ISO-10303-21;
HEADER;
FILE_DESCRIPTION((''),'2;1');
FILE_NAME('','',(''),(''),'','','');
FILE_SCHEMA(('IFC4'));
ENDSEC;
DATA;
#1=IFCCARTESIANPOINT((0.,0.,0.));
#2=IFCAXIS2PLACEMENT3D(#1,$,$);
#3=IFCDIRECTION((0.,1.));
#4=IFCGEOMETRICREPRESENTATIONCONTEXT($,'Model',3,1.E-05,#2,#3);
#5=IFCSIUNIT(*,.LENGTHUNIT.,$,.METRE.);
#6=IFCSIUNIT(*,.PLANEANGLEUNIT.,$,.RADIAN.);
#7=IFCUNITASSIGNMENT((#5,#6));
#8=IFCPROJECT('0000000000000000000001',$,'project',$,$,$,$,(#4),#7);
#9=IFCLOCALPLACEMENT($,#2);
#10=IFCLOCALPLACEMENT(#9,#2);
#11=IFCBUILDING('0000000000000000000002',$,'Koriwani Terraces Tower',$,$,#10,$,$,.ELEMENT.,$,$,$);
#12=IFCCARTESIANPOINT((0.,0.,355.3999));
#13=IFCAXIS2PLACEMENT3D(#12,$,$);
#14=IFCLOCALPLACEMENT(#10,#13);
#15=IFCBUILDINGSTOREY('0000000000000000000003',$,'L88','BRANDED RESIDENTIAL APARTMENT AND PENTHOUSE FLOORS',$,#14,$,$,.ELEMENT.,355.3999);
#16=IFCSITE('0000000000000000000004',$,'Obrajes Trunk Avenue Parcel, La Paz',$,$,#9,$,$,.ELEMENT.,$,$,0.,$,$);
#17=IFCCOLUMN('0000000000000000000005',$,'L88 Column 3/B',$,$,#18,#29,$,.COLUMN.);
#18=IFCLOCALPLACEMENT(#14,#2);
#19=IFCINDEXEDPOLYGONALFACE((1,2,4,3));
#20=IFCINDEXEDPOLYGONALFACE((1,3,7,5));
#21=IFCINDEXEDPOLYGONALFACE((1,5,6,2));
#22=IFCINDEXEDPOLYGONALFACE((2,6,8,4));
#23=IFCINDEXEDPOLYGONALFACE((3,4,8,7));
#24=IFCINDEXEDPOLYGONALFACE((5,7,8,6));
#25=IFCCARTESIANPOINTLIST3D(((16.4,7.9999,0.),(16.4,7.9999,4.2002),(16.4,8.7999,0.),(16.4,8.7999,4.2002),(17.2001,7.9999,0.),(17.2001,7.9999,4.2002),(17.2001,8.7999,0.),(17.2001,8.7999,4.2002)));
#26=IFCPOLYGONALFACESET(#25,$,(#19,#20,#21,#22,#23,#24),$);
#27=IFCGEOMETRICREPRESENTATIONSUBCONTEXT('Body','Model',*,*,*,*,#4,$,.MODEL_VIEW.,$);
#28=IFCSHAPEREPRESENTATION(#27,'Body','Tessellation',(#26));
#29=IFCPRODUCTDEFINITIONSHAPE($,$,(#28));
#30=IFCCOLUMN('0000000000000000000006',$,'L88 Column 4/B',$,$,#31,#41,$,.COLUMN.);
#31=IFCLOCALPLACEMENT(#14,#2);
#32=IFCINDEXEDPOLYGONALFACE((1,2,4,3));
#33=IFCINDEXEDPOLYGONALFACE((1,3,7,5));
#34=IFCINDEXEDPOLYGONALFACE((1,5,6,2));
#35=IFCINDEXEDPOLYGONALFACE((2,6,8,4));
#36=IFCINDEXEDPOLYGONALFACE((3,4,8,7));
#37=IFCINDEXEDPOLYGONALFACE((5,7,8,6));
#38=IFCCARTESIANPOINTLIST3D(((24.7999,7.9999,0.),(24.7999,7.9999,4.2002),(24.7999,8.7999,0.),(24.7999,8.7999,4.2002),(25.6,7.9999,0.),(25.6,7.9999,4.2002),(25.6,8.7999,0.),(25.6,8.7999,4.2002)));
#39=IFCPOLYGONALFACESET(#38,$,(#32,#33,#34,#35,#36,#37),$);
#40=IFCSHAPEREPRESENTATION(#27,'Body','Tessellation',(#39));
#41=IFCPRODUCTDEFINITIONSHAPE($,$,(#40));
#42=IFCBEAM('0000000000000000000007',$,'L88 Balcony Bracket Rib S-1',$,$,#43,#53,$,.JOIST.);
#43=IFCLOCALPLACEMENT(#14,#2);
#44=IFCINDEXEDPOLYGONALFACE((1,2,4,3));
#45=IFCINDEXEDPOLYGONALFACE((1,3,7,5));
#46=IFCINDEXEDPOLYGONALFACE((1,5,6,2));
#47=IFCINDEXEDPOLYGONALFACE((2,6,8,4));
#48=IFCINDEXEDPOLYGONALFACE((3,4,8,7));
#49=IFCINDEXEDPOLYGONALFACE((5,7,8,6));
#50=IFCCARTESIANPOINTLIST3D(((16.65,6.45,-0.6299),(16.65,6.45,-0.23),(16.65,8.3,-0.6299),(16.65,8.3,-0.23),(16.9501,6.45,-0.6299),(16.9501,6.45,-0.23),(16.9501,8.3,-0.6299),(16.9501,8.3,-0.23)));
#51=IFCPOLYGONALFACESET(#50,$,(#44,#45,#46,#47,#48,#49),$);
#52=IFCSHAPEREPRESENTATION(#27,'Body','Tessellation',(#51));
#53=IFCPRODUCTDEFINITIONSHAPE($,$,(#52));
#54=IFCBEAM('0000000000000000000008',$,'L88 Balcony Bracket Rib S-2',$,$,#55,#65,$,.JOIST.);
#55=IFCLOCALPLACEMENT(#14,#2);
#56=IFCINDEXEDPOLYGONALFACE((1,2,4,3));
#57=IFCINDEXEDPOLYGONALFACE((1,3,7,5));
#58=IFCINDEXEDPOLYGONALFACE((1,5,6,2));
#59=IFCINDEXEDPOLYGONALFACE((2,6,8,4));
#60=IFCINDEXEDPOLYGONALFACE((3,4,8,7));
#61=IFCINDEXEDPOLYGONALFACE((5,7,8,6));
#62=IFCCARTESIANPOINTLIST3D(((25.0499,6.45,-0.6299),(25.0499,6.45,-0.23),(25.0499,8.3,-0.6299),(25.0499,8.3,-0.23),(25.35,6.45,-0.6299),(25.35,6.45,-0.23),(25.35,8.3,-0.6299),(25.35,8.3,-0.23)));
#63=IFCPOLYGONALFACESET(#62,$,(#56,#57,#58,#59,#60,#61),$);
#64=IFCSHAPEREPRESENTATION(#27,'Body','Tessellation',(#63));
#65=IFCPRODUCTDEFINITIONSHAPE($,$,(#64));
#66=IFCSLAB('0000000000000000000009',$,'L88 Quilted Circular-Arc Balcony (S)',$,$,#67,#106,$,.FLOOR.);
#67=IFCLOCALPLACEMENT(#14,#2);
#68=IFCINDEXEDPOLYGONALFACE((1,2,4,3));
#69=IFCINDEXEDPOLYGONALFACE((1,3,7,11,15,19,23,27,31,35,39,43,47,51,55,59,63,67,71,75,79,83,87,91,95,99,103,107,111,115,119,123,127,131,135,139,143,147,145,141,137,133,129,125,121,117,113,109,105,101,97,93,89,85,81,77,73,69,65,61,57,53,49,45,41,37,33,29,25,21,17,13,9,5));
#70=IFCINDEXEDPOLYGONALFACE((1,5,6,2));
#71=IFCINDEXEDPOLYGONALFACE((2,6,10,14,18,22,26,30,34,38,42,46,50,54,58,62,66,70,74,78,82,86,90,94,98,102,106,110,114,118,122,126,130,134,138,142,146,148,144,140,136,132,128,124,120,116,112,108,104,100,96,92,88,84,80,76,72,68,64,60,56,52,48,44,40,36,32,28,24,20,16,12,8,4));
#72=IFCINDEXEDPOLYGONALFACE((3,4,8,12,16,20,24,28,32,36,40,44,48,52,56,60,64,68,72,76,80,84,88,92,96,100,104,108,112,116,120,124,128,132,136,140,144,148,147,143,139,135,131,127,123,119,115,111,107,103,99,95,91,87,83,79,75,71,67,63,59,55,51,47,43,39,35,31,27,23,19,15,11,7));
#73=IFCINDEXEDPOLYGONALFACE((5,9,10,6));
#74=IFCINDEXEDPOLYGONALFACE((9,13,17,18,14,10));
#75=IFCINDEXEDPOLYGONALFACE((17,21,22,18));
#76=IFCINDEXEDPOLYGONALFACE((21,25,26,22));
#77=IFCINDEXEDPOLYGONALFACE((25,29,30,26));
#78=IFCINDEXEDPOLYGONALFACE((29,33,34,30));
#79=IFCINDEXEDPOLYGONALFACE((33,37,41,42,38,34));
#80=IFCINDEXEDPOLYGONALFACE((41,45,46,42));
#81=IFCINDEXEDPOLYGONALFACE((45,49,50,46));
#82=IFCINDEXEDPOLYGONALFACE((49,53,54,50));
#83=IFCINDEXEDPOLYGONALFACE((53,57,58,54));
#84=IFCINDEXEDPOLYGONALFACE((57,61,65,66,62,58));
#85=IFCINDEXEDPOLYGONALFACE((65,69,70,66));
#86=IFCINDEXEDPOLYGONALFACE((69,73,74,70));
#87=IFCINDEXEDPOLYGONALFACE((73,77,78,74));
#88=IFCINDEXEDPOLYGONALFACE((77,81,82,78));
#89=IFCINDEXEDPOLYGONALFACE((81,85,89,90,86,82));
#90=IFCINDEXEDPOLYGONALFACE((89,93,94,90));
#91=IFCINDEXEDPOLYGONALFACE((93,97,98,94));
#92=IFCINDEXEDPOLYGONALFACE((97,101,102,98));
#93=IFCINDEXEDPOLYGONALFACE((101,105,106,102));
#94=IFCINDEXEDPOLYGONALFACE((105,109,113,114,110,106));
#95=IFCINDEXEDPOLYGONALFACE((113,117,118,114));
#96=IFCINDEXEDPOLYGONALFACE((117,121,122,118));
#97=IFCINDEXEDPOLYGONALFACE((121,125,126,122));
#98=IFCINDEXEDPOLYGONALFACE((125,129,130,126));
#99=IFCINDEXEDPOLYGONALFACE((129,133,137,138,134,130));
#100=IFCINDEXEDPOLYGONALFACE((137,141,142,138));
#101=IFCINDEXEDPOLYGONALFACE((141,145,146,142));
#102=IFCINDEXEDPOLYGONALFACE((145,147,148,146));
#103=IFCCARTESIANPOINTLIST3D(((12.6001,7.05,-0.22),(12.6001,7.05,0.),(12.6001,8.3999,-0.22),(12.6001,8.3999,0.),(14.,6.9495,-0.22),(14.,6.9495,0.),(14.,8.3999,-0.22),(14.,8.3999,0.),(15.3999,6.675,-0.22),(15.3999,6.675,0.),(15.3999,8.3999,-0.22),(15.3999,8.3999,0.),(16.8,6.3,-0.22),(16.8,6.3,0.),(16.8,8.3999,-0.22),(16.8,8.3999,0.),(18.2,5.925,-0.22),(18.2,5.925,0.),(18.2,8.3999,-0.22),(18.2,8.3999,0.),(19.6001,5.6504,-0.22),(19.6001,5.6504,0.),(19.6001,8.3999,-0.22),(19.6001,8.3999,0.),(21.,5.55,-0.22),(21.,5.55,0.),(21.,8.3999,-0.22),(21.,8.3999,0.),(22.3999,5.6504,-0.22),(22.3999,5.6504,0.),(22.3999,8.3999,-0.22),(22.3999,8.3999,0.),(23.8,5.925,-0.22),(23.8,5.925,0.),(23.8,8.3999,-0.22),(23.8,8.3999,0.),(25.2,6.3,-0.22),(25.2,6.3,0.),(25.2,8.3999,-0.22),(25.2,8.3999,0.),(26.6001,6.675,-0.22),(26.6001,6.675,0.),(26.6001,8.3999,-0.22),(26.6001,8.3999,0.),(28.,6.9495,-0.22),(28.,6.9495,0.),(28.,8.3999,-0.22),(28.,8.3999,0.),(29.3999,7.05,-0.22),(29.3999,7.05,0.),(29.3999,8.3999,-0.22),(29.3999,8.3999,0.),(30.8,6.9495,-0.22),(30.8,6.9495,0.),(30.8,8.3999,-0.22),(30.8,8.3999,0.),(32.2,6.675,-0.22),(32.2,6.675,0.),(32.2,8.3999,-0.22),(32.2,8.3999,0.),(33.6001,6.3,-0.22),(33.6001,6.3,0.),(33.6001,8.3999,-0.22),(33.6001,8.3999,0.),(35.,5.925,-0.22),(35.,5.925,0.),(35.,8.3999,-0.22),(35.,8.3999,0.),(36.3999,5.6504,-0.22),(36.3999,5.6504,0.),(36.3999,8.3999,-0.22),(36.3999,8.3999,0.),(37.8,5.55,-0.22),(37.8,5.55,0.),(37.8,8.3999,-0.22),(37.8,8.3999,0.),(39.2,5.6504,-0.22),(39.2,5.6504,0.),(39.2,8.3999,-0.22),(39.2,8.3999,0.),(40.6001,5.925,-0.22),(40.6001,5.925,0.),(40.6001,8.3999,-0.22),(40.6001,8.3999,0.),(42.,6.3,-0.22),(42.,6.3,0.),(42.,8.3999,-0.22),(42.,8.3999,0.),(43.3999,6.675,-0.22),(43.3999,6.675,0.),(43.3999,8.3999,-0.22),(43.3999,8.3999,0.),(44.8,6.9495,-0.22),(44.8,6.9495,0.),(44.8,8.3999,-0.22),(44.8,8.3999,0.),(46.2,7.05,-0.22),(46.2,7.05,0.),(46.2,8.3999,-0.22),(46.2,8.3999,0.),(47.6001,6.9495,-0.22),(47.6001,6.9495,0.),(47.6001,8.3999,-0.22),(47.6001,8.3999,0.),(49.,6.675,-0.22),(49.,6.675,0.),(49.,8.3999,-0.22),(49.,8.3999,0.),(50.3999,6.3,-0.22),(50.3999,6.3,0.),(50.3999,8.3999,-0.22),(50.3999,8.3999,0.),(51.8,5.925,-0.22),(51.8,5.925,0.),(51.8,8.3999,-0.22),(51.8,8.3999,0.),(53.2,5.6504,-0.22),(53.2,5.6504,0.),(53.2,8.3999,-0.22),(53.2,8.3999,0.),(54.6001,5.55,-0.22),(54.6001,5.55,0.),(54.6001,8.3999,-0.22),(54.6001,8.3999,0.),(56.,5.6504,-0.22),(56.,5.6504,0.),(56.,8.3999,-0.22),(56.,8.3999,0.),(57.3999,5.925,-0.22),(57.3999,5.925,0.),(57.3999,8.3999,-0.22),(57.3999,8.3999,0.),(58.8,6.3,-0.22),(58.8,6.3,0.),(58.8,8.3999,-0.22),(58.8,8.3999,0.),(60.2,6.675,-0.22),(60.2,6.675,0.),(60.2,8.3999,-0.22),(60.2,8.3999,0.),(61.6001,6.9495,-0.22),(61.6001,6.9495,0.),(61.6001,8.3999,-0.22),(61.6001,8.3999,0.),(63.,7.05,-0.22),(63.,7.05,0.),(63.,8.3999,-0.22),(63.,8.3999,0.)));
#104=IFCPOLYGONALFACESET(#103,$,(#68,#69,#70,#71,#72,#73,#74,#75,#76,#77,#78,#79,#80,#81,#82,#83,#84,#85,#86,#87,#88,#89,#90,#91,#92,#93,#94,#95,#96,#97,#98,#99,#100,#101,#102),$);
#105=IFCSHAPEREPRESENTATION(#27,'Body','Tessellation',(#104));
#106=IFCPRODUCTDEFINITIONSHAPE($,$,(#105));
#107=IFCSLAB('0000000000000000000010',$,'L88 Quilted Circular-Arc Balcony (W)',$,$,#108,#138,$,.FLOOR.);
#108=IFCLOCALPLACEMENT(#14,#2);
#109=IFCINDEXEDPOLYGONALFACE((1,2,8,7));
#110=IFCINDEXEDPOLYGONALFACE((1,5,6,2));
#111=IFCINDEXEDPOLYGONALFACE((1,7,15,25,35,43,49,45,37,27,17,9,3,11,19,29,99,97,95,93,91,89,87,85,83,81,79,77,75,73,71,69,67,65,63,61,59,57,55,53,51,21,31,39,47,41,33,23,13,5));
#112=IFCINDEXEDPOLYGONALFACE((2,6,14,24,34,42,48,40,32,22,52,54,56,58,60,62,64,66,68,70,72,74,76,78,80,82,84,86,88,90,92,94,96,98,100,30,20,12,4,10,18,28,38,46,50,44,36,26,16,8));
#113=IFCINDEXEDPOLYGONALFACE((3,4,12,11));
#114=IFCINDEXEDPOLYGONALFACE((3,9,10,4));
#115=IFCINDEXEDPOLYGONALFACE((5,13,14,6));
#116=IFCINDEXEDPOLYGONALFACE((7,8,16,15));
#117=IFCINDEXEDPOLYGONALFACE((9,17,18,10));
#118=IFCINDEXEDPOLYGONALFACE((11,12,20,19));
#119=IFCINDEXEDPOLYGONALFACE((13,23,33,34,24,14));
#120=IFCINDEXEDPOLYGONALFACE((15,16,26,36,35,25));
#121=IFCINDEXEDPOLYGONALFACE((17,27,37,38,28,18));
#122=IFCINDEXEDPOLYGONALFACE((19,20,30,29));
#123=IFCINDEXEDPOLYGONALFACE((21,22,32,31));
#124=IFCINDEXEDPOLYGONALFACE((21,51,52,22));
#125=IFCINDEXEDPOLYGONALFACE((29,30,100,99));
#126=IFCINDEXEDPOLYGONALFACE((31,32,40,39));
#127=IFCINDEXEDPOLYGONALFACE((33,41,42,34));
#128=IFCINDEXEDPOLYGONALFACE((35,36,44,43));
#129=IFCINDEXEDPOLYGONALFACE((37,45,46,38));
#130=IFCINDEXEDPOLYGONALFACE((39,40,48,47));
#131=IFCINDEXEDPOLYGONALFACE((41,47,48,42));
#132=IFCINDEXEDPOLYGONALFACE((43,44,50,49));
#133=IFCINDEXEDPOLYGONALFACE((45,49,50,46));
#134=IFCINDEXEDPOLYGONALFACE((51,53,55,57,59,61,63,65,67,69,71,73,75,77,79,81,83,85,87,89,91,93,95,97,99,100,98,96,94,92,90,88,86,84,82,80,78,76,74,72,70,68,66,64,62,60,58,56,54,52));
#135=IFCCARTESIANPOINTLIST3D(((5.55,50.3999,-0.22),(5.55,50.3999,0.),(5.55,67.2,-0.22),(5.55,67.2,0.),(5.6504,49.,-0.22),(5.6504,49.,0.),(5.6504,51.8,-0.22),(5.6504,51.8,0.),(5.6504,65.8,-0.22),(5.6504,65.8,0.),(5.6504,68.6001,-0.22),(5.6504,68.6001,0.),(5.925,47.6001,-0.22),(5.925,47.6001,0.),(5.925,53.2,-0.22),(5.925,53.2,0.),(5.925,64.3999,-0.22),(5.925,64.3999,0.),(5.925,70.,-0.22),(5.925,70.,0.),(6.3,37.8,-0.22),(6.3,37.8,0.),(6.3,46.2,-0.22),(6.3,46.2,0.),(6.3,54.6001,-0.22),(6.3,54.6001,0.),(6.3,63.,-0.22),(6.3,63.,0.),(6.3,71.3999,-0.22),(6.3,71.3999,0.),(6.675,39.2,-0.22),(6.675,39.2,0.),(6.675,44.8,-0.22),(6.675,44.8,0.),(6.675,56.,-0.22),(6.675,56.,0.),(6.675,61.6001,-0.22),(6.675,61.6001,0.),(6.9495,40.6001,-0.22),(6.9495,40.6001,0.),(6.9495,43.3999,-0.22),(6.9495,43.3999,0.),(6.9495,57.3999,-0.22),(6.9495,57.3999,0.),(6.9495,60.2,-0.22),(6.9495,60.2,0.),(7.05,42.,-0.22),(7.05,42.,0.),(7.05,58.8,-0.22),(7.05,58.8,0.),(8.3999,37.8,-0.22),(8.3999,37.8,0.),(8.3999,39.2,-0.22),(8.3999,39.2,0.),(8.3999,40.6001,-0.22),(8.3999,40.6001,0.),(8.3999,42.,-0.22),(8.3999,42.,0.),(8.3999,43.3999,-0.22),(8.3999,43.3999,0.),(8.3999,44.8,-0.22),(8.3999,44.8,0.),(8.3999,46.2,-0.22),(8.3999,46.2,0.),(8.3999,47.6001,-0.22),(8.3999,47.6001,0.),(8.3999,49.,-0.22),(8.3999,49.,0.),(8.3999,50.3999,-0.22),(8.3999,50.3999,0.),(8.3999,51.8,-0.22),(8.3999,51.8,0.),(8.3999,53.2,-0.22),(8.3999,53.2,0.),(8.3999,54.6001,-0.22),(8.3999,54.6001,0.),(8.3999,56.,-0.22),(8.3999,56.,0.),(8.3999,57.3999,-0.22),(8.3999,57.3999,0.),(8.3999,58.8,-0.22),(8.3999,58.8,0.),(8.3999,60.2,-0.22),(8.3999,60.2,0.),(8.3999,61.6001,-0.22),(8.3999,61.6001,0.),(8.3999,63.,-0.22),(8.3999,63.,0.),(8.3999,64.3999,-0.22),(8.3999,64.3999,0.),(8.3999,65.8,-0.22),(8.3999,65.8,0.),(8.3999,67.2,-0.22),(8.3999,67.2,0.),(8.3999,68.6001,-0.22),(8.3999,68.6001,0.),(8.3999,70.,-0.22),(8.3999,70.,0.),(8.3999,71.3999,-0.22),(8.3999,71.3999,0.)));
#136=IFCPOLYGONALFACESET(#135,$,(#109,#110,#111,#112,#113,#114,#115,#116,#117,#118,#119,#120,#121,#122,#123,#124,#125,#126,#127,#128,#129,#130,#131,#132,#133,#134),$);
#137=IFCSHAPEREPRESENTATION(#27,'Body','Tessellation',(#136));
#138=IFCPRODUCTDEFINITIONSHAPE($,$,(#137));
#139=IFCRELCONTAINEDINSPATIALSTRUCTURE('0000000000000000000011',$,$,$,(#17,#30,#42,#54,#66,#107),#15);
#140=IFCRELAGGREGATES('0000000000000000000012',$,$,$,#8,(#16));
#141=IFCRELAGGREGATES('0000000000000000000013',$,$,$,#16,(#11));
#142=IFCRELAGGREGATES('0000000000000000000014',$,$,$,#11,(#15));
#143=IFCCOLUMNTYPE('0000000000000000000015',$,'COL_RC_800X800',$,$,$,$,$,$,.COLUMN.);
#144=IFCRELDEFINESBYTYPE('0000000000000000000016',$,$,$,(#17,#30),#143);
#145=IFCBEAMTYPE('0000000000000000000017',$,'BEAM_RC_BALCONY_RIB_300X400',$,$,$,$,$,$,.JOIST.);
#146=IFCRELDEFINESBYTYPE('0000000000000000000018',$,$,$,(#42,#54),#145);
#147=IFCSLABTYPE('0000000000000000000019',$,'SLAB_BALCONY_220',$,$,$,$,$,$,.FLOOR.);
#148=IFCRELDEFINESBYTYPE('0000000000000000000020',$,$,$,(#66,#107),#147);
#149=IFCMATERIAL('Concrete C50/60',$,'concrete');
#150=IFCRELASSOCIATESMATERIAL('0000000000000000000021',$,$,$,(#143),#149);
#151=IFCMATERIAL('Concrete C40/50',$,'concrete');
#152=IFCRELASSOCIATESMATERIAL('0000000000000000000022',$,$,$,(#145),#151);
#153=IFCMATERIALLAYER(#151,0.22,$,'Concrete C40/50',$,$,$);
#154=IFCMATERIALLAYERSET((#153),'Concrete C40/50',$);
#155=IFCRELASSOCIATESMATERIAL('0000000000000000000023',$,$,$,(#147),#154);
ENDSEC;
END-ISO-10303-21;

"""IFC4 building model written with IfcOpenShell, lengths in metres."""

from ifc_helpers import new_model, si_unit, direction, frame, origin, origin_2d, place, context, subcontext, project, spatial, polyline, rectangle, outline, extrude, material, layer, layer_set, material_profile, profile_set, type_object, element, save


model = new_model("IFC4")

# Units and contexts
model_context = context("Model", 3, precision=1e-05, world=origin(), true_north=direction((0.0, 1.0)))
body_context = subcontext(model_context, "Body", "Model", "MODEL_VIEW")
ifc_project = project(units=[si_unit("LENGTHUNIT", "METRE"), si_unit("PLANEANGLEUNIT", "RADIAN")], contexts=[model_context])

# Site, building, storey
site_placement = place(None, origin())
site = spatial("IfcSite", under=ifc_project, at=site_placement, Name="Obrajes Trunk Avenue Parcel, La Paz", CompositionType="ELEMENT", RefElevation=0.0)
building_placement = place(site_placement, origin())
building = spatial("IfcBuilding", under=site, at=building_placement, Name="Koriwani Terraces Tower", CompositionType="ELEMENT")
storey_placement = place(building_placement, frame((0.0, 0.0, 355.3999)))
storey = spatial("IfcBuildingStorey", under=building, at=storey_placement, Name="L88", Description="BRANDED RESIDENTIAL APARTMENT AND PENTHOUSE FLOORS", CompositionType="ELEMENT", Elevation=355.3999)

# Columns
ifc_material_1 = material(Name="Concrete C50/60", Category="concrete")
ifc_material_profile_1 = material_profile(ifc_material_1, rectangle(XDim=0.8, YDim=0.8, at=origin_2d()), Name="Concrete C50/60", Category="LoadBearing")
ifc_profile_set_1 = profile_set([ifc_material_profile_1], Name="Concrete C50/60")
column_type = type_object("IfcColumnType", Name="COL_RC_800X800", PredefinedType="COLUMN", material=ifc_profile_set_1)
for number, where, z_axis, x_axis, name in (
    (1, (16.8, 8.3999, 0.0), (0.0, 0.0, 1.0), (1.0, 0.0, 0.0), "L88 Column 3/B"),
    (2, (25.2, 8.3999, 0.0), (0.0, 0.0, 1.0), (1.0, 0.0, 0.0), "L88 Column 4/B"),
):
    element("IfcColumn", number, at=place(storey_placement, frame(where, z_axis=z_axis, x_axis=x_axis)), inside=storey, type_object=column_type, Name=name, PredefinedType="COLUMN", context=body_context, shape_type="SweptSolid", body=[
        extrude(rectangle(XDim=0.8, YDim=0.8, at=origin_2d()), origin(), (0.0, 0.0, 1.0), 4.2002),
    ])

# Beams
ifc_material_2 = material(Name="Concrete C40/50", Category="concrete")
ifc_material_profile_2 = material_profile(ifc_material_2, rectangle(XDim=0.3, YDim=0.3999, at=origin_2d()), Name="Concrete C40/50", Category="LoadBearing")
ifc_profile_set_2 = profile_set([ifc_material_profile_2], Name="Concrete C40/50")
beam_type = type_object("IfcBeamType", Name="BEAM_RC_BALCONY_RIB_300X400", PredefinedType="JOIST", material=ifc_profile_set_2)
for number, where, z_axis, x_axis, name in (
    (3, (16.8, 6.45, -0.4299), (0.0, 1.0, 0.0), (-1.0, 0.0, 0.0), "L88 Balcony Bracket Rib S-1"),
    (4, (25.2, 6.45, -0.4299), (0.0, 1.0, 0.0), (-1.0, 0.0, 0.0), "L88 Balcony Bracket Rib S-2"),
):
    element("IfcBeam", number, at=place(storey_placement, frame(where, z_axis=z_axis, x_axis=x_axis)), inside=storey, type_object=beam_type, Name=name, PredefinedType="JOIST", context=body_context, shape_type="SweptSolid", body=[
        extrude(rectangle(XDim=0.3, YDim=0.3999, at=origin_2d()), origin(), (0.0, 0.0, 1.0), 1.8501),
    ])

# Slabs
ifc_layer_1 = layer(ifc_material_2, 0.22, Name="Concrete C40/50")
ifc_layer_set_1 = layer_set([ifc_layer_1], Name="Concrete C40/50")
slab_type_1 = type_object("IfcSlabType", Name="SLAB_BALCONY_220", PredefinedType="FLOOR", material=ifc_layer_set_1)
slab_1_placement = place(storey_placement, frame((0.0, 0.0, -0.22)))
element("IfcSlab", 5, at=slab_1_placement, inside=storey, type_object=slab_type_1, Name="L88 Quilted Circular-Arc Balcony (S)", PredefinedType="FLOOR", context=body_context, shape_type="SweptSolid", body=[
    extrude(outline(polyline([(12.6001, 8.3999), (14.0, 8.3999), (15.3999, 8.3999), (16.8, 8.3999), (18.2, 8.3999), (19.6001, 8.3999), (21.0, 8.3999), (22.3999, 8.3999), (23.8, 8.3999), (25.2, 8.3999), (26.6001, 8.3999), (28.0, 8.3999), (29.3999, 8.3999), (30.8, 8.3999), (32.2, 8.3999), (33.6001, 8.3999), (35.0, 8.3999), (36.3999, 8.3999), (37.8, 8.3999), (39.2, 8.3999), (40.6001, 8.3999), (42.0, 8.3999), (43.3999, 8.3999), (44.8, 8.3999), (46.2, 8.3999), (47.6001, 8.3999), (49.0, 8.3999), (50.3999, 8.3999), (51.8, 8.3999), (53.2, 8.3999), (54.6001, 8.3999), (56.0, 8.3999), (57.3999, 8.3999), (58.8, 8.3999), (60.2, 8.3999), (61.6001, 8.3999), (63.0, 8.3999), (63.0, 7.05), (61.6001, 6.9495), (60.2, 6.675), (58.8, 6.3), (57.3999, 5.925), (56.0, 5.6504), (54.6001, 5.55), (53.2, 5.6504), (51.8, 5.925), (50.3999, 6.3), (49.0, 6.675), (47.6001, 6.9495), (46.2, 7.05), (44.8, 6.9495), (43.3999, 6.675), (42.0, 6.3), (40.6001, 5.925), (39.2, 5.6504), (37.8, 5.55), (36.3999, 5.6504), (35.0, 5.925), (33.6001, 6.3), (32.2, 6.675), (30.8, 6.9495), (29.3999, 7.05), (28.0, 6.9495), (26.6001, 6.675), (25.2, 6.3), (23.8, 5.925), (22.3999, 5.6504), (21.0, 5.55), (19.6001, 5.6504), (18.2, 5.925), (16.8, 6.3), (15.3999, 6.675), (14.0, 6.9495), (12.6001, 7.05), (12.6001, 8.3999)])), origin(), (0.0, 0.0, 1.0), 0.22),
])
slab_2_placement = place(storey_placement, frame((0.0, 0.0, -0.22)))
element("IfcSlab", 6, at=slab_2_placement, inside=storey, type_object=slab_type_1, Name="L88 Quilted Circular-Arc Balcony (W)", PredefinedType="FLOOR", context=body_context, shape_type="SweptSolid", body=[
    extrude(outline(polyline([(8.3999, 37.8), (8.3999, 39.2), (8.3999, 40.6001), (8.3999, 42.0), (8.3999, 43.3999), (8.3999, 44.8), (8.3999, 46.2), (8.3999, 47.6001), (8.3999, 49.0), (8.3999, 50.3999), (8.3999, 51.8), (8.3999, 53.2), (8.3999, 54.6001), (8.3999, 56.0), (8.3999, 57.3999), (8.3999, 58.8), (8.3999, 60.2), (8.3999, 61.6001), (8.3999, 63.0), (8.3999, 64.3999), (8.3999, 65.8), (8.3999, 67.2), (8.3999, 68.6001), (8.3999, 70.0), (8.3999, 71.3999), (6.3, 71.3999), (5.925, 70.0), (5.6504, 68.6001), (5.55, 67.2), (5.6504, 65.8), (5.925, 64.3999), (6.3, 63.0), (6.675, 61.6001), (6.9495, 60.2), (7.05, 58.8), (6.9495, 57.3999), (6.675, 56.0), (6.3, 54.6001), (5.925, 53.2), (5.6504, 51.8), (5.55, 50.3999), (5.6504, 49.0), (5.925, 47.6001), (6.3, 46.2), (6.675, 44.8), (6.9495, 43.3999), (7.05, 42.0), (6.9495, 40.6001), (6.675, 39.2), (6.3, 37.8), (8.3999, 37.8)])), origin(), (0.0, 0.0, 1.0), 0.22),
])

save(model, "model.ifc")
